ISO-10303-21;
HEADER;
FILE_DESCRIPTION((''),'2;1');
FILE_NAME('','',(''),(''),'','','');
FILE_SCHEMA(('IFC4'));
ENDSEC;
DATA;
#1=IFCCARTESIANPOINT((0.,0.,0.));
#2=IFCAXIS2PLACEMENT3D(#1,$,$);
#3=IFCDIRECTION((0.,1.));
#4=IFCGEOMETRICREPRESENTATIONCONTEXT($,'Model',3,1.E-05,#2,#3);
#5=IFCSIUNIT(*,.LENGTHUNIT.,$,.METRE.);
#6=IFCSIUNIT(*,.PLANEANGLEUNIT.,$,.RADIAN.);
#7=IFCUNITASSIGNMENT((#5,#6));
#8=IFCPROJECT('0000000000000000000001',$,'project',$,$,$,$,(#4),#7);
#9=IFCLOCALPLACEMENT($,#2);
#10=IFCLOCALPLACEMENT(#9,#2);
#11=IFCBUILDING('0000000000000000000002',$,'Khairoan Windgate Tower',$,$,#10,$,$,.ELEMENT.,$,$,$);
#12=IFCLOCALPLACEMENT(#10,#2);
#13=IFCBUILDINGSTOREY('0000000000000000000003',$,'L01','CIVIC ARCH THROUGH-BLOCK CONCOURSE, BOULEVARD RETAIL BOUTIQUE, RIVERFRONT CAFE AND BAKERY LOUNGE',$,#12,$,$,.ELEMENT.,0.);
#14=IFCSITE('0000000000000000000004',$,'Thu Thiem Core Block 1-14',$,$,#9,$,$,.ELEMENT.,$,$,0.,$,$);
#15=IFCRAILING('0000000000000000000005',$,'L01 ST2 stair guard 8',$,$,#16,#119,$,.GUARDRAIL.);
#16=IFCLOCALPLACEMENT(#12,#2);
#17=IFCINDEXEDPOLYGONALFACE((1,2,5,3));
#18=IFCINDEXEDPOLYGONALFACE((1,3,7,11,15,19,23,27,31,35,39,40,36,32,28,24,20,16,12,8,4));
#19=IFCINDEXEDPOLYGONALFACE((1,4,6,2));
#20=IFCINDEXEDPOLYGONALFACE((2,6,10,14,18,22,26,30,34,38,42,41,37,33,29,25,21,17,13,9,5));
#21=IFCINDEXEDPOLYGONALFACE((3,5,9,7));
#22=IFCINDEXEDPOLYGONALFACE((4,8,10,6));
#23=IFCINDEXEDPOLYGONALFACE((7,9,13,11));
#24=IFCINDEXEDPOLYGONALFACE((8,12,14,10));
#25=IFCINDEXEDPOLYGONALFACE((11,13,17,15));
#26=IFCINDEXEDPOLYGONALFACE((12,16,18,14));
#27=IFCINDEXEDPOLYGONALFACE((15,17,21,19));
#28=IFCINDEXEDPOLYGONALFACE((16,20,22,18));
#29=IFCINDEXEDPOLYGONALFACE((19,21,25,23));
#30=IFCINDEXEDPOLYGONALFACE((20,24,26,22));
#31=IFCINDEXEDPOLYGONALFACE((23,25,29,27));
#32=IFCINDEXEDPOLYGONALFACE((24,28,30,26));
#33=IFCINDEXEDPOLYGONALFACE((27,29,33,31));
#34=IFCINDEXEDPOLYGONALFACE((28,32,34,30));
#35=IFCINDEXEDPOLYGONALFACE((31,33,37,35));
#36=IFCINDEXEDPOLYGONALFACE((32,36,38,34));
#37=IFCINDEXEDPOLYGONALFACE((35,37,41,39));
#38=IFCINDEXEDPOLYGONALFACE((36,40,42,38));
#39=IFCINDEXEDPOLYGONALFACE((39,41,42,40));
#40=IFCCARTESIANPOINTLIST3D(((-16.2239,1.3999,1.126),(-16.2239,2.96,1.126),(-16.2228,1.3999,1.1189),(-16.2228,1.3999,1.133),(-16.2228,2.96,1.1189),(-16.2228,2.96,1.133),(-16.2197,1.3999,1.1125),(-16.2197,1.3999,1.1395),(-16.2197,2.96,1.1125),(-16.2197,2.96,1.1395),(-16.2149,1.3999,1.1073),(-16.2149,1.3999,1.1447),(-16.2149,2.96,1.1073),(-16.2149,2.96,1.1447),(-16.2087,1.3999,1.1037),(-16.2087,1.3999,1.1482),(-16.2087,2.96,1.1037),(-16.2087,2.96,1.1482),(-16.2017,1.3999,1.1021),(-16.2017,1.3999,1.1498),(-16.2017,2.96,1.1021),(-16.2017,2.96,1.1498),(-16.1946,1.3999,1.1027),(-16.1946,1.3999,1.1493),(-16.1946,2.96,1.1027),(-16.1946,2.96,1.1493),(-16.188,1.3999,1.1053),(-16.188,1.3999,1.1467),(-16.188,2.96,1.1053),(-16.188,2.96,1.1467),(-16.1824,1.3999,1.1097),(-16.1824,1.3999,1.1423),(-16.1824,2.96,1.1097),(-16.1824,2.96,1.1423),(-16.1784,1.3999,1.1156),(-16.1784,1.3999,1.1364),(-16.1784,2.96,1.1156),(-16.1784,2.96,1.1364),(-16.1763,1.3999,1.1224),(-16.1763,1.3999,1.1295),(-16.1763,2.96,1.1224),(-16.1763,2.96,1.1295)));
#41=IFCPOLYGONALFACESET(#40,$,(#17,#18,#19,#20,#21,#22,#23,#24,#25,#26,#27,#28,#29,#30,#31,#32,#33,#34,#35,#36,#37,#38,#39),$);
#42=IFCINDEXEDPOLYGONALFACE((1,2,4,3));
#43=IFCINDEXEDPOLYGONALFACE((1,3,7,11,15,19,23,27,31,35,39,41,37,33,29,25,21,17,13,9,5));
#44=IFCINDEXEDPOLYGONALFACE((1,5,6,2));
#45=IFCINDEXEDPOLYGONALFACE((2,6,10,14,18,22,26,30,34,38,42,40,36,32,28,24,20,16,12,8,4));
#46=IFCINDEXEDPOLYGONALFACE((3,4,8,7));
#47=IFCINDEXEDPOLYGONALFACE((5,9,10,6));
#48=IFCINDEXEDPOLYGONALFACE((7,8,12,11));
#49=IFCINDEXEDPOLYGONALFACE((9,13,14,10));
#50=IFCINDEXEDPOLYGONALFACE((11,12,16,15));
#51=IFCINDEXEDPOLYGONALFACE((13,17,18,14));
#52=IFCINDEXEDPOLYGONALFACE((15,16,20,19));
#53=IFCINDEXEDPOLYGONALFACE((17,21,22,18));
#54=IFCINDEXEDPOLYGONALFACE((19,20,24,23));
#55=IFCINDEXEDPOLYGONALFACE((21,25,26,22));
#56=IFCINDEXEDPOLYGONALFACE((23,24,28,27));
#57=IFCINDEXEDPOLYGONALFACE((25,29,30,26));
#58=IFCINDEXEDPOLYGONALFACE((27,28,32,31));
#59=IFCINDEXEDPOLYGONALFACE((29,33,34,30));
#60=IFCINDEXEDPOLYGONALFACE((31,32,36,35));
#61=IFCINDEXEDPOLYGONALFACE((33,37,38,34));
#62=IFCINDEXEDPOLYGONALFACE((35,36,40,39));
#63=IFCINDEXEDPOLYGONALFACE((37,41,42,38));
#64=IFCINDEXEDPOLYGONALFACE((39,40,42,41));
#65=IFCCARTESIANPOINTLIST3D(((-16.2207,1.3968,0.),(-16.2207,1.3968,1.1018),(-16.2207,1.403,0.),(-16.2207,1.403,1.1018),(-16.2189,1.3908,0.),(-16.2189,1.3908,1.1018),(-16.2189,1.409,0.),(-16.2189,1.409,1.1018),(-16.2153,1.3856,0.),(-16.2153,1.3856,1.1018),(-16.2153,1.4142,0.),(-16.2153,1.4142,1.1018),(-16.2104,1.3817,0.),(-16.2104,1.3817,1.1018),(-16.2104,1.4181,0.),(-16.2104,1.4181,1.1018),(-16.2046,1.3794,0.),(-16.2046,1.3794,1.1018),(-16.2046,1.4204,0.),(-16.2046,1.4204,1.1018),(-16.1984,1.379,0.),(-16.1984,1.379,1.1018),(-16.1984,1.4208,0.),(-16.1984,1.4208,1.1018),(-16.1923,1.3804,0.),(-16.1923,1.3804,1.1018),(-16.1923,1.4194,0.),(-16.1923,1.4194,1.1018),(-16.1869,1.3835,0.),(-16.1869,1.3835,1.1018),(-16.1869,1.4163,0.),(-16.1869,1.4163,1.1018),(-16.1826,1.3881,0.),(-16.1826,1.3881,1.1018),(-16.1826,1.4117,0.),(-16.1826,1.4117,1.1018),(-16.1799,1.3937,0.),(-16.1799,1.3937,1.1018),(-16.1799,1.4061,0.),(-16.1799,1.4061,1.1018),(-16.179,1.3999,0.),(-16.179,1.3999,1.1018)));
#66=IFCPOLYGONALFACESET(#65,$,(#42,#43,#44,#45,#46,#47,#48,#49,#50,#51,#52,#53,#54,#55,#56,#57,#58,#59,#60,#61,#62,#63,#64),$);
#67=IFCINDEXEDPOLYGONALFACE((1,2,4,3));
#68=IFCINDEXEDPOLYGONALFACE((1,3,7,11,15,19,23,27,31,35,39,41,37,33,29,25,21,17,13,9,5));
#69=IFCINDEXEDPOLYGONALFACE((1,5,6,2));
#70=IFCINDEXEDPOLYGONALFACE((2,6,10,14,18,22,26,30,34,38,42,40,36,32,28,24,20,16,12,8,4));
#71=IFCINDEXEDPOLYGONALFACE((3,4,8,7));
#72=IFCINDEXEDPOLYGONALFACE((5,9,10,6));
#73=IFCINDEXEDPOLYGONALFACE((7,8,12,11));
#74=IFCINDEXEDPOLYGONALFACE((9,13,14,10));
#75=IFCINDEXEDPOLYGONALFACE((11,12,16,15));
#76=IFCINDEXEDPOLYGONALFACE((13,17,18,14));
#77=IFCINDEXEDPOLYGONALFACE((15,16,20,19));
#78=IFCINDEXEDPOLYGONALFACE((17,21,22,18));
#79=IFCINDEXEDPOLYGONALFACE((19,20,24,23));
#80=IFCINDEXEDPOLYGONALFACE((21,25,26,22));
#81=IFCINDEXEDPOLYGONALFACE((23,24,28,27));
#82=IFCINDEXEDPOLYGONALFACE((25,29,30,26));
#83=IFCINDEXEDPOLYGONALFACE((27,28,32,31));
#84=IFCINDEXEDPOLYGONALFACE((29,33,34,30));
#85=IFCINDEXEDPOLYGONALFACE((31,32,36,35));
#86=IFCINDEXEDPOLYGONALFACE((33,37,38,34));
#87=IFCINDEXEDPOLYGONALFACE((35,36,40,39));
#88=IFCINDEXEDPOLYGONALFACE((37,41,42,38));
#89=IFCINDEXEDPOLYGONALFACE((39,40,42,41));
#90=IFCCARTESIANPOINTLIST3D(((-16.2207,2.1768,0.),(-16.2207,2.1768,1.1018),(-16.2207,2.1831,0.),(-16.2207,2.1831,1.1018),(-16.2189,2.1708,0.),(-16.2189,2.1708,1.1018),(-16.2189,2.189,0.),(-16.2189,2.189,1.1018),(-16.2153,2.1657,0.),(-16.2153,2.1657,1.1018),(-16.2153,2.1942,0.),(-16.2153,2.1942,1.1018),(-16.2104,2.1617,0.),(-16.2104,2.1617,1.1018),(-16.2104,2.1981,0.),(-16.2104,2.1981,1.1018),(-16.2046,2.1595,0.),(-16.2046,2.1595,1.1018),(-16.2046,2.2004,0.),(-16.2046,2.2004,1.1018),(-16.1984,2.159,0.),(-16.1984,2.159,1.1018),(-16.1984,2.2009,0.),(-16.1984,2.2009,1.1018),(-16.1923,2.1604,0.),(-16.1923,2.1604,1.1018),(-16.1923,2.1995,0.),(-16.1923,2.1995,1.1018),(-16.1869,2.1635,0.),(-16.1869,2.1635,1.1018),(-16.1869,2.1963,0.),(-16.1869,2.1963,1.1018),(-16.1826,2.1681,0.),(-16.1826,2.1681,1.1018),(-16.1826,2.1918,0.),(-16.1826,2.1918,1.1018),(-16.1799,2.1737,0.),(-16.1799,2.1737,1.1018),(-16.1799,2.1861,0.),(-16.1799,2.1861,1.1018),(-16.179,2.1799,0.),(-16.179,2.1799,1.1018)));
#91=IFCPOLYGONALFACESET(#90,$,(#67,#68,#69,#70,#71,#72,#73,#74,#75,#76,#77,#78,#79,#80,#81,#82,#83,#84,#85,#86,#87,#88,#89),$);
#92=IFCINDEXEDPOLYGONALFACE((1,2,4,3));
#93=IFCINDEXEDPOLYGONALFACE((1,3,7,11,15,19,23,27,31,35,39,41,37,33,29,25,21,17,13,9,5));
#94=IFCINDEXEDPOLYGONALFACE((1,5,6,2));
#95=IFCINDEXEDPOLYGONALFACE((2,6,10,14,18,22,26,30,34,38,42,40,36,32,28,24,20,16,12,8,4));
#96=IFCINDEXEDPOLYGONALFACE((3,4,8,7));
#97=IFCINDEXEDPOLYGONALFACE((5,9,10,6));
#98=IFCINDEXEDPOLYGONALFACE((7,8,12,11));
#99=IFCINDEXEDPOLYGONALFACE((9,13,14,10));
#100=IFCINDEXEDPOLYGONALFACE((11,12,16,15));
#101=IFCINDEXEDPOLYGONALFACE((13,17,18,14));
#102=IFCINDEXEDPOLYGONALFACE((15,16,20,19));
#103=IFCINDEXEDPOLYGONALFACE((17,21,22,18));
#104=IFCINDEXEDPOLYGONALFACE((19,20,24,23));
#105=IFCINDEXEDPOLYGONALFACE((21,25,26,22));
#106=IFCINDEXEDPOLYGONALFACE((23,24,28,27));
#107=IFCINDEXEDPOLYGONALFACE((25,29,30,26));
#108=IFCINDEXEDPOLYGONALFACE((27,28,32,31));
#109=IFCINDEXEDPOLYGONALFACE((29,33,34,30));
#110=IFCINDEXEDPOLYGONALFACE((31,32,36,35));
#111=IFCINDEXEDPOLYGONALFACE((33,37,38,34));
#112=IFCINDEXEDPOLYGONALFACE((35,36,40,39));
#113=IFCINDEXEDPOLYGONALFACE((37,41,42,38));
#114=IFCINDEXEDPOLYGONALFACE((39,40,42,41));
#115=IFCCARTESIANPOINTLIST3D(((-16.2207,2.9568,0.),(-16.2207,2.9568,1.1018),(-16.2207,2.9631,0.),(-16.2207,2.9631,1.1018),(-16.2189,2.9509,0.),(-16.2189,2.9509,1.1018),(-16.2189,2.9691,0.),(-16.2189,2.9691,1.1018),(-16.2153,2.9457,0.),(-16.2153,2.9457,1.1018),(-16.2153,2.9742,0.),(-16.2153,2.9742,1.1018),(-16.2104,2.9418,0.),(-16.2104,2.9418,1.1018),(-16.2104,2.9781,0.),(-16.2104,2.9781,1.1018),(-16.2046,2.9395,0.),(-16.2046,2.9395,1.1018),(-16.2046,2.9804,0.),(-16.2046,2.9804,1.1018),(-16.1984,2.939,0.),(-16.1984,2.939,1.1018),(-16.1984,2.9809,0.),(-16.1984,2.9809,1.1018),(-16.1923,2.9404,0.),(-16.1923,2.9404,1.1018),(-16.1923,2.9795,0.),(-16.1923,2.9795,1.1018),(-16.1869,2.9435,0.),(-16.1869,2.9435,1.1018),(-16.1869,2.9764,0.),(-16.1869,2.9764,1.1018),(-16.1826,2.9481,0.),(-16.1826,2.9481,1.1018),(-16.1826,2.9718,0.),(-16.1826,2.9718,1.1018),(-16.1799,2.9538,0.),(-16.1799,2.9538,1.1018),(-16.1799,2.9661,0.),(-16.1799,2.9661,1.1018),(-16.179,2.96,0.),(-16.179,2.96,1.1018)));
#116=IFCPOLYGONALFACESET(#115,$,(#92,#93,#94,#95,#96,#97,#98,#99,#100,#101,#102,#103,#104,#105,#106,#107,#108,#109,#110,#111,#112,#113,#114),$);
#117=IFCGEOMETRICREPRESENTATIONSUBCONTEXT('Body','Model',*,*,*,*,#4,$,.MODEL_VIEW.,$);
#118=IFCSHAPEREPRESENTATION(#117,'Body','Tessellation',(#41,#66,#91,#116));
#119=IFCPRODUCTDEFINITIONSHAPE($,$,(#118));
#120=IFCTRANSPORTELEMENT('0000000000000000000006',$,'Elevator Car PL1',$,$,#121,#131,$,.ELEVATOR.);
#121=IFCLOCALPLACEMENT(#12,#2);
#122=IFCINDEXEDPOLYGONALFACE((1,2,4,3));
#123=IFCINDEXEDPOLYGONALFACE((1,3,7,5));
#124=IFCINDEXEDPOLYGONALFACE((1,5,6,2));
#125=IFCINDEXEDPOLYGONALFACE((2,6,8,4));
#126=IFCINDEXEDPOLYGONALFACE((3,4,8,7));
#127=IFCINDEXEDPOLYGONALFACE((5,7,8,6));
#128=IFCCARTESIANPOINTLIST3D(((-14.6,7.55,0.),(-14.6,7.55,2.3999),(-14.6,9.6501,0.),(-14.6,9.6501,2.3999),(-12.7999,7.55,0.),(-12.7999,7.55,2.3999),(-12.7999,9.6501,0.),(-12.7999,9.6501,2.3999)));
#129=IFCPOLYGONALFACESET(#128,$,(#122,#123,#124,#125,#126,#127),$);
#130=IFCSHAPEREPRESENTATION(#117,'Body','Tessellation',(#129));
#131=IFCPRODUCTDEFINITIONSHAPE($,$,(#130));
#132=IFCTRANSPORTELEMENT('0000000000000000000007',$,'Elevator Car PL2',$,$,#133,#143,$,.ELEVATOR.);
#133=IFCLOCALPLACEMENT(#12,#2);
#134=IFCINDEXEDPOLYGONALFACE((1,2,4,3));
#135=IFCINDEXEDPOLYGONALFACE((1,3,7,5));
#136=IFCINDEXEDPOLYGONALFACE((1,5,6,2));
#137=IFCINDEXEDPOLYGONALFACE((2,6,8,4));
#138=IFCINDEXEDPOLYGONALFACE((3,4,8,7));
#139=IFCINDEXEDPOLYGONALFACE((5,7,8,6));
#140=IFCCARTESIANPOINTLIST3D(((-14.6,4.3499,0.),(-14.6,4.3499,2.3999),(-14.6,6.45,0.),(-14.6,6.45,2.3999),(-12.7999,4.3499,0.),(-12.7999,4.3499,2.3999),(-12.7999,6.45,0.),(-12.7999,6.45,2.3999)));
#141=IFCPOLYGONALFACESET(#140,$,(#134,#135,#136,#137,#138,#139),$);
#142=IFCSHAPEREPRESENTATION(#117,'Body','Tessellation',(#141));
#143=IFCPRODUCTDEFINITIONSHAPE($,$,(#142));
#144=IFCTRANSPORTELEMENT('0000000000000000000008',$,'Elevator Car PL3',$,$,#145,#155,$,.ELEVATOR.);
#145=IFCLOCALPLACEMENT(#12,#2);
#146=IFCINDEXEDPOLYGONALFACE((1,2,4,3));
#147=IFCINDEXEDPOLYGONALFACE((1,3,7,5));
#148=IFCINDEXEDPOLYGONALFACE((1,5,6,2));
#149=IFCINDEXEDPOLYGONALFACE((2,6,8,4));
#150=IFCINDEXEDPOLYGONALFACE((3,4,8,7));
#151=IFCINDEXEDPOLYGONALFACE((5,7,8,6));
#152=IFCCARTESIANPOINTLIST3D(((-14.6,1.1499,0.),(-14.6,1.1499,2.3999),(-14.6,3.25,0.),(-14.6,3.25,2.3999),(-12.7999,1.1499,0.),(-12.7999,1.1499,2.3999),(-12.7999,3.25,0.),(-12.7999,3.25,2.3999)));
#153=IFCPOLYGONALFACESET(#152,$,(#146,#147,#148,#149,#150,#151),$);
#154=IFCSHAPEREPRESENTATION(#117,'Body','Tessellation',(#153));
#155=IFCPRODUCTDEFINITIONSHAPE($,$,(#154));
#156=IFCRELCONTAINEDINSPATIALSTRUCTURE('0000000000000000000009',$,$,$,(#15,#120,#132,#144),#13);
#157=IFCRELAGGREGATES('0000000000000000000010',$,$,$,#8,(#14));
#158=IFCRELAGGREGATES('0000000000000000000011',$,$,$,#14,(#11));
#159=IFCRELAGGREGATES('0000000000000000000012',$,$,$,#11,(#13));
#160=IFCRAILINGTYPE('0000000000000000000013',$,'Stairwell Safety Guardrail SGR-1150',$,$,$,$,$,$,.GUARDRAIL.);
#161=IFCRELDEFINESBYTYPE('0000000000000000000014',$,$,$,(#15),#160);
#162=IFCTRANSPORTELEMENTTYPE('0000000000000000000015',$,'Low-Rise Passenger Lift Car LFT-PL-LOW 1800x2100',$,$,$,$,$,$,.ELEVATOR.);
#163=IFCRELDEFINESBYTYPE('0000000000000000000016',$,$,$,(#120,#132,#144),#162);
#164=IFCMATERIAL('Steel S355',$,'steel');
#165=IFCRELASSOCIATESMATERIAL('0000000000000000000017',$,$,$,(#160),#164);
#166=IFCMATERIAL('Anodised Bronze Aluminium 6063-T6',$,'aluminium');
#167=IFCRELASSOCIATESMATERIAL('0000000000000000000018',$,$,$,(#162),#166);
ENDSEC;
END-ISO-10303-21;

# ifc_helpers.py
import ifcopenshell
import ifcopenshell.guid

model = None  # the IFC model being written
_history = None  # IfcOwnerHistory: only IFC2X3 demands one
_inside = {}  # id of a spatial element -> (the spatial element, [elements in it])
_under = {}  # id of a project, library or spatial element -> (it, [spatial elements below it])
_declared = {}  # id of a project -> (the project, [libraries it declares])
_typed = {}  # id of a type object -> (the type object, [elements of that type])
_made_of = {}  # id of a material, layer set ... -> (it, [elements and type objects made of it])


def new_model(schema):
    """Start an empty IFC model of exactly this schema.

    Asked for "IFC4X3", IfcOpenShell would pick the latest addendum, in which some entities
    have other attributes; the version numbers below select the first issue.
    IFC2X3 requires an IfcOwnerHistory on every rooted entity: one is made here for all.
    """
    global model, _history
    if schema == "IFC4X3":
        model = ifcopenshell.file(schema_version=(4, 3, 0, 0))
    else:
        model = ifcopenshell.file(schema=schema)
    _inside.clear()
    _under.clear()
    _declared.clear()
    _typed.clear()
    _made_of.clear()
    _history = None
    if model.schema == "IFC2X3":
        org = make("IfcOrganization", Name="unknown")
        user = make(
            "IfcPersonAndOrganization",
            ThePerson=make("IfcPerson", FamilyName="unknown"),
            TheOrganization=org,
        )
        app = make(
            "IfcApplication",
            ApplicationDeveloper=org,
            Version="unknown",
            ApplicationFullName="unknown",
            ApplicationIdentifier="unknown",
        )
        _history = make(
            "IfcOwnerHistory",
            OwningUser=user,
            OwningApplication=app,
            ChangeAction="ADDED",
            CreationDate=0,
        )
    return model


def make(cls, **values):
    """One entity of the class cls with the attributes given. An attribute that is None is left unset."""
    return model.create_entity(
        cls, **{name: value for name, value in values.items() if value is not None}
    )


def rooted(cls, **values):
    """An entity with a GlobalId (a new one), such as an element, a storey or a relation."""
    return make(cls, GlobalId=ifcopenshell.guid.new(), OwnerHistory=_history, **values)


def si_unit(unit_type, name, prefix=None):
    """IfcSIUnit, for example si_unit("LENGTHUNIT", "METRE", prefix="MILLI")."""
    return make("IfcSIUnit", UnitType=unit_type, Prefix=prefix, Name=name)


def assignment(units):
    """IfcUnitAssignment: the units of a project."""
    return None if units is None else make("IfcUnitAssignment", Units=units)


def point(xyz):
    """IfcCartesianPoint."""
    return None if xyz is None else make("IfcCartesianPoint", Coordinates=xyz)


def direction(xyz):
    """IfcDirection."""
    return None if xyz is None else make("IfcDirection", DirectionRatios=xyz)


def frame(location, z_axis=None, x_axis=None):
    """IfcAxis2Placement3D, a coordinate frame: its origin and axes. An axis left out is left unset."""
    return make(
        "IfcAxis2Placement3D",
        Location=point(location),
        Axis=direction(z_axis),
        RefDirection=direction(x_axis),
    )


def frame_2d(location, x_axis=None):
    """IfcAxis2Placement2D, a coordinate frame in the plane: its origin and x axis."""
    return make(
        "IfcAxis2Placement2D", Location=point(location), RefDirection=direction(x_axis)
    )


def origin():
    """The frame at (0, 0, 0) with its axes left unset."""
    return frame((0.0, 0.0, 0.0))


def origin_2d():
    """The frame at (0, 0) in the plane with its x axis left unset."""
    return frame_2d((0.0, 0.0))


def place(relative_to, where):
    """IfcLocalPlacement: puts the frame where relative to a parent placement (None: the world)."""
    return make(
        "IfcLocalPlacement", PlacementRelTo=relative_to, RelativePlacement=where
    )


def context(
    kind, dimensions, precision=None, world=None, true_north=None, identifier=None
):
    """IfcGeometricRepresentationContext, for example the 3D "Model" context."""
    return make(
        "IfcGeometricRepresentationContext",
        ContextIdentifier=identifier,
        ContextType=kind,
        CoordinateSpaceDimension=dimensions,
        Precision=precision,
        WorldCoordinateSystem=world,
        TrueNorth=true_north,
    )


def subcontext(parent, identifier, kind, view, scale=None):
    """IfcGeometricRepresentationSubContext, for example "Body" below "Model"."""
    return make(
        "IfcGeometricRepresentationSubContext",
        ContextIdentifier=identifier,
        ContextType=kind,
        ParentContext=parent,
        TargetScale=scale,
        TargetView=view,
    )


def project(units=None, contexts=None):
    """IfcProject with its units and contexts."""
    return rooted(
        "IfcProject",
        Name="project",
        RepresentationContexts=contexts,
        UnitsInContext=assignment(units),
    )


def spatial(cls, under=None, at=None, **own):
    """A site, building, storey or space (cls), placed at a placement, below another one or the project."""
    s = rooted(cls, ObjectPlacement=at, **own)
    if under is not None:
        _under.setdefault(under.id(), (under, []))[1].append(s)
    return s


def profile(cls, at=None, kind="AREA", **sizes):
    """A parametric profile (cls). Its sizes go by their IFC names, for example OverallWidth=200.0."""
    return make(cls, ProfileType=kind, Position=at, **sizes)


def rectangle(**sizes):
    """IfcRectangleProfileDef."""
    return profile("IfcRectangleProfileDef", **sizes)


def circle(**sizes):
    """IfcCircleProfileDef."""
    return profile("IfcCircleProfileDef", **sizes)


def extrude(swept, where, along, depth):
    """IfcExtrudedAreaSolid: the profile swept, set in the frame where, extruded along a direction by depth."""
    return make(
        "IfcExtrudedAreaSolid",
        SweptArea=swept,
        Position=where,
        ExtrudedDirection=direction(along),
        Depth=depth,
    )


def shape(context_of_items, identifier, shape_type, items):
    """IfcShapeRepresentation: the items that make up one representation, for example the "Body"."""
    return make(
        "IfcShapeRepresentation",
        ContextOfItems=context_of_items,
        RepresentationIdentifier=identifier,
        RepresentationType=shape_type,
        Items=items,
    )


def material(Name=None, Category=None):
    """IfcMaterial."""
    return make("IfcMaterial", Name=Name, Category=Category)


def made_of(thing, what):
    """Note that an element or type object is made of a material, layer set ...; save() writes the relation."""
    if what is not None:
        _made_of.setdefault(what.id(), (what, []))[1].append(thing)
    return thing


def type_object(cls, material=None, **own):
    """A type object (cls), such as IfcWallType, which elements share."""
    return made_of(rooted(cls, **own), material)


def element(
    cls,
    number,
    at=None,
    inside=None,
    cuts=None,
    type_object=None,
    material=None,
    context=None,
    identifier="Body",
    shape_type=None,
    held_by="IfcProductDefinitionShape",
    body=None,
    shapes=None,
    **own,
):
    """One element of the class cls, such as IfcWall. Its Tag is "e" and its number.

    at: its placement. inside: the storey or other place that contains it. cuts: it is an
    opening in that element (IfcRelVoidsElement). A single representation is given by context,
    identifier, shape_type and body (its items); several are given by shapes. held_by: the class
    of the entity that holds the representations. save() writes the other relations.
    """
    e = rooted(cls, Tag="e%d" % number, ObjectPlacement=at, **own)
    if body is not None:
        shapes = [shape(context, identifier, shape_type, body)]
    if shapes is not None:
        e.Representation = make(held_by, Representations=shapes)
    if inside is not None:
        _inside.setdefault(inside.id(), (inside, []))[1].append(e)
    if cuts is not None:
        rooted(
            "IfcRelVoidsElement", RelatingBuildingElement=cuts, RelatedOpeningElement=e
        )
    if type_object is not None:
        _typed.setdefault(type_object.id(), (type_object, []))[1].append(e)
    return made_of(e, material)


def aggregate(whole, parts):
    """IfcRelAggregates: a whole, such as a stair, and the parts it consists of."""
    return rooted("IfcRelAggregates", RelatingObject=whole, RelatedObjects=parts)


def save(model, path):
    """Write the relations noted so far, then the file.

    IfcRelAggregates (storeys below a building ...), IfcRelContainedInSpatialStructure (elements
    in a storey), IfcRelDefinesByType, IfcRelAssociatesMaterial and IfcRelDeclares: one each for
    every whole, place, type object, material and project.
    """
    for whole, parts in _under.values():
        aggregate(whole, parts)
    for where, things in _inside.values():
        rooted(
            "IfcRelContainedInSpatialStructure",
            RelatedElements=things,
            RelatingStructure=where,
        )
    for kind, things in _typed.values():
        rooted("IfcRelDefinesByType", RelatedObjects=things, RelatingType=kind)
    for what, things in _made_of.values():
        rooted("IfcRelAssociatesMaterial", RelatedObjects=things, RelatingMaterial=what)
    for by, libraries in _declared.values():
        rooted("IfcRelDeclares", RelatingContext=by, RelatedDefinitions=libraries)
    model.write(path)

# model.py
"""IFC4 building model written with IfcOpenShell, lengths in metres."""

from ifc_helpers import new_model, si_unit, direction, frame, origin, origin_2d, place, context, subcontext, project, spatial, rectangle, circle, extrude, material, type_object, element, save


model = new_model("IFC4")

# Units and contexts
model_context = context("Model", 3, precision=1e-05, world=origin(), true_north=direction((0.0, 1.0)))
body_context = subcontext(model_context, "Body", "Model", "MODEL_VIEW")
ifc_project = project(units=[si_unit("LENGTHUNIT", "METRE"), si_unit("PLANEANGLEUNIT", "RADIAN")], contexts=[model_context])

# Site, building, storey
site_placement = place(None, origin())
site = spatial("IfcSite", under=ifc_project, at=site_placement, Name="Thu Thiem Core Block 1-14", CompositionType="ELEMENT", RefElevation=0.0)
building_placement = place(site_placement, origin())
building = spatial("IfcBuilding", under=site, at=building_placement, Name="Khairoan Windgate Tower", CompositionType="ELEMENT")
storey_placement = place(building_placement, origin())
storey = spatial("IfcBuildingStorey", under=building, at=storey_placement, Name="L01", Description="CIVIC ARCH THROUGH-BLOCK CONCOURSE, BOULEVARD RETAIL BOUTIQUE, RIVERFRONT CAFE AND BAKERY LOUNGE", CompositionType="ELEMENT", Elevation=0.0)

# Railing
ifc_material_1 = material(Name="Steel S355", Category="steel")
railing_type_1 = type_object("IfcRailingType", Name="Stairwell Safety Guardrail SGR-1150", PredefinedType="GUARDRAIL", material=ifc_material_1)
railing_1_placement = place(storey_placement, frame((-16.2, 1.3999, 0.0)))
element("IfcRailing", 1, at=railing_1_placement, inside=storey, type_object=railing_type_1, Name="L01 ST2 stair guard 8", PredefinedType="GUARDRAIL", context=body_context, shape_type="SweptSolid", body=[
    extrude(circle(Radius=0.0239, at=origin_2d()), frame((0.0, 0.0, 1.126), z_axis=(0.0, 1.0, 0.0), x_axis=(-1.0, 0.0, 0.0)), (0.0, 0.0, 1.0), 1.5601),
    extrude(circle(Radius=0.021, at=origin_2d()), origin(), (0.0, 0.0, 1.0), 1.1018),
    extrude(circle(Radius=0.021, at=origin_2d()), frame((0.0, 0.78, 0.0)), (0.0, 0.0, 1.0), 1.1018),
    extrude(circle(Radius=0.021, at=origin_2d()), frame((0.0, 1.5601, 0.0)), (0.0, 0.0, 1.0), 1.1018),
])

# Transport elements
ifc_material_2 = material(Name="Anodised Bronze Aluminium 6063-T6", Category="aluminium")
transport_element_type = type_object("IfcTransportElementType", Name="Low-Rise Passenger Lift Car LFT-PL-LOW 1800x2100", PredefinedType="ELEVATOR", material=ifc_material_2)
for number, where, z_axis, x_axis, name in (
    (2, (-13.7, 8.6001, 0.0), (0.0, 0.0, 1.0), (1.0, 0.0, 0.0), "Elevator Car PL1"),
    (3, (-13.7, 5.3999, 0.0), (0.0, 0.0, 1.0), (1.0, 0.0, 0.0), "Elevator Car PL2"),
    (4, (-13.7, 2.2, 0.0), (0.0, 0.0, 1.0), (1.0, 0.0, 0.0), "Elevator Car PL3"),
):
    element("IfcTransportElement", number, at=place(storey_placement, frame(where, z_axis=z_axis, x_axis=x_axis)), inside=storey, type_object=transport_element_type, Name=name, PredefinedType="ELEVATOR", context=body_context, shape_type="SweptSolid", body=[
        extrude(rectangle(XDim=1.8, YDim=2.1001, at=origin_2d()), origin(), (0.0, 0.0, 1.0), 2.3999),
    ])

save(model, "model.ifc")
